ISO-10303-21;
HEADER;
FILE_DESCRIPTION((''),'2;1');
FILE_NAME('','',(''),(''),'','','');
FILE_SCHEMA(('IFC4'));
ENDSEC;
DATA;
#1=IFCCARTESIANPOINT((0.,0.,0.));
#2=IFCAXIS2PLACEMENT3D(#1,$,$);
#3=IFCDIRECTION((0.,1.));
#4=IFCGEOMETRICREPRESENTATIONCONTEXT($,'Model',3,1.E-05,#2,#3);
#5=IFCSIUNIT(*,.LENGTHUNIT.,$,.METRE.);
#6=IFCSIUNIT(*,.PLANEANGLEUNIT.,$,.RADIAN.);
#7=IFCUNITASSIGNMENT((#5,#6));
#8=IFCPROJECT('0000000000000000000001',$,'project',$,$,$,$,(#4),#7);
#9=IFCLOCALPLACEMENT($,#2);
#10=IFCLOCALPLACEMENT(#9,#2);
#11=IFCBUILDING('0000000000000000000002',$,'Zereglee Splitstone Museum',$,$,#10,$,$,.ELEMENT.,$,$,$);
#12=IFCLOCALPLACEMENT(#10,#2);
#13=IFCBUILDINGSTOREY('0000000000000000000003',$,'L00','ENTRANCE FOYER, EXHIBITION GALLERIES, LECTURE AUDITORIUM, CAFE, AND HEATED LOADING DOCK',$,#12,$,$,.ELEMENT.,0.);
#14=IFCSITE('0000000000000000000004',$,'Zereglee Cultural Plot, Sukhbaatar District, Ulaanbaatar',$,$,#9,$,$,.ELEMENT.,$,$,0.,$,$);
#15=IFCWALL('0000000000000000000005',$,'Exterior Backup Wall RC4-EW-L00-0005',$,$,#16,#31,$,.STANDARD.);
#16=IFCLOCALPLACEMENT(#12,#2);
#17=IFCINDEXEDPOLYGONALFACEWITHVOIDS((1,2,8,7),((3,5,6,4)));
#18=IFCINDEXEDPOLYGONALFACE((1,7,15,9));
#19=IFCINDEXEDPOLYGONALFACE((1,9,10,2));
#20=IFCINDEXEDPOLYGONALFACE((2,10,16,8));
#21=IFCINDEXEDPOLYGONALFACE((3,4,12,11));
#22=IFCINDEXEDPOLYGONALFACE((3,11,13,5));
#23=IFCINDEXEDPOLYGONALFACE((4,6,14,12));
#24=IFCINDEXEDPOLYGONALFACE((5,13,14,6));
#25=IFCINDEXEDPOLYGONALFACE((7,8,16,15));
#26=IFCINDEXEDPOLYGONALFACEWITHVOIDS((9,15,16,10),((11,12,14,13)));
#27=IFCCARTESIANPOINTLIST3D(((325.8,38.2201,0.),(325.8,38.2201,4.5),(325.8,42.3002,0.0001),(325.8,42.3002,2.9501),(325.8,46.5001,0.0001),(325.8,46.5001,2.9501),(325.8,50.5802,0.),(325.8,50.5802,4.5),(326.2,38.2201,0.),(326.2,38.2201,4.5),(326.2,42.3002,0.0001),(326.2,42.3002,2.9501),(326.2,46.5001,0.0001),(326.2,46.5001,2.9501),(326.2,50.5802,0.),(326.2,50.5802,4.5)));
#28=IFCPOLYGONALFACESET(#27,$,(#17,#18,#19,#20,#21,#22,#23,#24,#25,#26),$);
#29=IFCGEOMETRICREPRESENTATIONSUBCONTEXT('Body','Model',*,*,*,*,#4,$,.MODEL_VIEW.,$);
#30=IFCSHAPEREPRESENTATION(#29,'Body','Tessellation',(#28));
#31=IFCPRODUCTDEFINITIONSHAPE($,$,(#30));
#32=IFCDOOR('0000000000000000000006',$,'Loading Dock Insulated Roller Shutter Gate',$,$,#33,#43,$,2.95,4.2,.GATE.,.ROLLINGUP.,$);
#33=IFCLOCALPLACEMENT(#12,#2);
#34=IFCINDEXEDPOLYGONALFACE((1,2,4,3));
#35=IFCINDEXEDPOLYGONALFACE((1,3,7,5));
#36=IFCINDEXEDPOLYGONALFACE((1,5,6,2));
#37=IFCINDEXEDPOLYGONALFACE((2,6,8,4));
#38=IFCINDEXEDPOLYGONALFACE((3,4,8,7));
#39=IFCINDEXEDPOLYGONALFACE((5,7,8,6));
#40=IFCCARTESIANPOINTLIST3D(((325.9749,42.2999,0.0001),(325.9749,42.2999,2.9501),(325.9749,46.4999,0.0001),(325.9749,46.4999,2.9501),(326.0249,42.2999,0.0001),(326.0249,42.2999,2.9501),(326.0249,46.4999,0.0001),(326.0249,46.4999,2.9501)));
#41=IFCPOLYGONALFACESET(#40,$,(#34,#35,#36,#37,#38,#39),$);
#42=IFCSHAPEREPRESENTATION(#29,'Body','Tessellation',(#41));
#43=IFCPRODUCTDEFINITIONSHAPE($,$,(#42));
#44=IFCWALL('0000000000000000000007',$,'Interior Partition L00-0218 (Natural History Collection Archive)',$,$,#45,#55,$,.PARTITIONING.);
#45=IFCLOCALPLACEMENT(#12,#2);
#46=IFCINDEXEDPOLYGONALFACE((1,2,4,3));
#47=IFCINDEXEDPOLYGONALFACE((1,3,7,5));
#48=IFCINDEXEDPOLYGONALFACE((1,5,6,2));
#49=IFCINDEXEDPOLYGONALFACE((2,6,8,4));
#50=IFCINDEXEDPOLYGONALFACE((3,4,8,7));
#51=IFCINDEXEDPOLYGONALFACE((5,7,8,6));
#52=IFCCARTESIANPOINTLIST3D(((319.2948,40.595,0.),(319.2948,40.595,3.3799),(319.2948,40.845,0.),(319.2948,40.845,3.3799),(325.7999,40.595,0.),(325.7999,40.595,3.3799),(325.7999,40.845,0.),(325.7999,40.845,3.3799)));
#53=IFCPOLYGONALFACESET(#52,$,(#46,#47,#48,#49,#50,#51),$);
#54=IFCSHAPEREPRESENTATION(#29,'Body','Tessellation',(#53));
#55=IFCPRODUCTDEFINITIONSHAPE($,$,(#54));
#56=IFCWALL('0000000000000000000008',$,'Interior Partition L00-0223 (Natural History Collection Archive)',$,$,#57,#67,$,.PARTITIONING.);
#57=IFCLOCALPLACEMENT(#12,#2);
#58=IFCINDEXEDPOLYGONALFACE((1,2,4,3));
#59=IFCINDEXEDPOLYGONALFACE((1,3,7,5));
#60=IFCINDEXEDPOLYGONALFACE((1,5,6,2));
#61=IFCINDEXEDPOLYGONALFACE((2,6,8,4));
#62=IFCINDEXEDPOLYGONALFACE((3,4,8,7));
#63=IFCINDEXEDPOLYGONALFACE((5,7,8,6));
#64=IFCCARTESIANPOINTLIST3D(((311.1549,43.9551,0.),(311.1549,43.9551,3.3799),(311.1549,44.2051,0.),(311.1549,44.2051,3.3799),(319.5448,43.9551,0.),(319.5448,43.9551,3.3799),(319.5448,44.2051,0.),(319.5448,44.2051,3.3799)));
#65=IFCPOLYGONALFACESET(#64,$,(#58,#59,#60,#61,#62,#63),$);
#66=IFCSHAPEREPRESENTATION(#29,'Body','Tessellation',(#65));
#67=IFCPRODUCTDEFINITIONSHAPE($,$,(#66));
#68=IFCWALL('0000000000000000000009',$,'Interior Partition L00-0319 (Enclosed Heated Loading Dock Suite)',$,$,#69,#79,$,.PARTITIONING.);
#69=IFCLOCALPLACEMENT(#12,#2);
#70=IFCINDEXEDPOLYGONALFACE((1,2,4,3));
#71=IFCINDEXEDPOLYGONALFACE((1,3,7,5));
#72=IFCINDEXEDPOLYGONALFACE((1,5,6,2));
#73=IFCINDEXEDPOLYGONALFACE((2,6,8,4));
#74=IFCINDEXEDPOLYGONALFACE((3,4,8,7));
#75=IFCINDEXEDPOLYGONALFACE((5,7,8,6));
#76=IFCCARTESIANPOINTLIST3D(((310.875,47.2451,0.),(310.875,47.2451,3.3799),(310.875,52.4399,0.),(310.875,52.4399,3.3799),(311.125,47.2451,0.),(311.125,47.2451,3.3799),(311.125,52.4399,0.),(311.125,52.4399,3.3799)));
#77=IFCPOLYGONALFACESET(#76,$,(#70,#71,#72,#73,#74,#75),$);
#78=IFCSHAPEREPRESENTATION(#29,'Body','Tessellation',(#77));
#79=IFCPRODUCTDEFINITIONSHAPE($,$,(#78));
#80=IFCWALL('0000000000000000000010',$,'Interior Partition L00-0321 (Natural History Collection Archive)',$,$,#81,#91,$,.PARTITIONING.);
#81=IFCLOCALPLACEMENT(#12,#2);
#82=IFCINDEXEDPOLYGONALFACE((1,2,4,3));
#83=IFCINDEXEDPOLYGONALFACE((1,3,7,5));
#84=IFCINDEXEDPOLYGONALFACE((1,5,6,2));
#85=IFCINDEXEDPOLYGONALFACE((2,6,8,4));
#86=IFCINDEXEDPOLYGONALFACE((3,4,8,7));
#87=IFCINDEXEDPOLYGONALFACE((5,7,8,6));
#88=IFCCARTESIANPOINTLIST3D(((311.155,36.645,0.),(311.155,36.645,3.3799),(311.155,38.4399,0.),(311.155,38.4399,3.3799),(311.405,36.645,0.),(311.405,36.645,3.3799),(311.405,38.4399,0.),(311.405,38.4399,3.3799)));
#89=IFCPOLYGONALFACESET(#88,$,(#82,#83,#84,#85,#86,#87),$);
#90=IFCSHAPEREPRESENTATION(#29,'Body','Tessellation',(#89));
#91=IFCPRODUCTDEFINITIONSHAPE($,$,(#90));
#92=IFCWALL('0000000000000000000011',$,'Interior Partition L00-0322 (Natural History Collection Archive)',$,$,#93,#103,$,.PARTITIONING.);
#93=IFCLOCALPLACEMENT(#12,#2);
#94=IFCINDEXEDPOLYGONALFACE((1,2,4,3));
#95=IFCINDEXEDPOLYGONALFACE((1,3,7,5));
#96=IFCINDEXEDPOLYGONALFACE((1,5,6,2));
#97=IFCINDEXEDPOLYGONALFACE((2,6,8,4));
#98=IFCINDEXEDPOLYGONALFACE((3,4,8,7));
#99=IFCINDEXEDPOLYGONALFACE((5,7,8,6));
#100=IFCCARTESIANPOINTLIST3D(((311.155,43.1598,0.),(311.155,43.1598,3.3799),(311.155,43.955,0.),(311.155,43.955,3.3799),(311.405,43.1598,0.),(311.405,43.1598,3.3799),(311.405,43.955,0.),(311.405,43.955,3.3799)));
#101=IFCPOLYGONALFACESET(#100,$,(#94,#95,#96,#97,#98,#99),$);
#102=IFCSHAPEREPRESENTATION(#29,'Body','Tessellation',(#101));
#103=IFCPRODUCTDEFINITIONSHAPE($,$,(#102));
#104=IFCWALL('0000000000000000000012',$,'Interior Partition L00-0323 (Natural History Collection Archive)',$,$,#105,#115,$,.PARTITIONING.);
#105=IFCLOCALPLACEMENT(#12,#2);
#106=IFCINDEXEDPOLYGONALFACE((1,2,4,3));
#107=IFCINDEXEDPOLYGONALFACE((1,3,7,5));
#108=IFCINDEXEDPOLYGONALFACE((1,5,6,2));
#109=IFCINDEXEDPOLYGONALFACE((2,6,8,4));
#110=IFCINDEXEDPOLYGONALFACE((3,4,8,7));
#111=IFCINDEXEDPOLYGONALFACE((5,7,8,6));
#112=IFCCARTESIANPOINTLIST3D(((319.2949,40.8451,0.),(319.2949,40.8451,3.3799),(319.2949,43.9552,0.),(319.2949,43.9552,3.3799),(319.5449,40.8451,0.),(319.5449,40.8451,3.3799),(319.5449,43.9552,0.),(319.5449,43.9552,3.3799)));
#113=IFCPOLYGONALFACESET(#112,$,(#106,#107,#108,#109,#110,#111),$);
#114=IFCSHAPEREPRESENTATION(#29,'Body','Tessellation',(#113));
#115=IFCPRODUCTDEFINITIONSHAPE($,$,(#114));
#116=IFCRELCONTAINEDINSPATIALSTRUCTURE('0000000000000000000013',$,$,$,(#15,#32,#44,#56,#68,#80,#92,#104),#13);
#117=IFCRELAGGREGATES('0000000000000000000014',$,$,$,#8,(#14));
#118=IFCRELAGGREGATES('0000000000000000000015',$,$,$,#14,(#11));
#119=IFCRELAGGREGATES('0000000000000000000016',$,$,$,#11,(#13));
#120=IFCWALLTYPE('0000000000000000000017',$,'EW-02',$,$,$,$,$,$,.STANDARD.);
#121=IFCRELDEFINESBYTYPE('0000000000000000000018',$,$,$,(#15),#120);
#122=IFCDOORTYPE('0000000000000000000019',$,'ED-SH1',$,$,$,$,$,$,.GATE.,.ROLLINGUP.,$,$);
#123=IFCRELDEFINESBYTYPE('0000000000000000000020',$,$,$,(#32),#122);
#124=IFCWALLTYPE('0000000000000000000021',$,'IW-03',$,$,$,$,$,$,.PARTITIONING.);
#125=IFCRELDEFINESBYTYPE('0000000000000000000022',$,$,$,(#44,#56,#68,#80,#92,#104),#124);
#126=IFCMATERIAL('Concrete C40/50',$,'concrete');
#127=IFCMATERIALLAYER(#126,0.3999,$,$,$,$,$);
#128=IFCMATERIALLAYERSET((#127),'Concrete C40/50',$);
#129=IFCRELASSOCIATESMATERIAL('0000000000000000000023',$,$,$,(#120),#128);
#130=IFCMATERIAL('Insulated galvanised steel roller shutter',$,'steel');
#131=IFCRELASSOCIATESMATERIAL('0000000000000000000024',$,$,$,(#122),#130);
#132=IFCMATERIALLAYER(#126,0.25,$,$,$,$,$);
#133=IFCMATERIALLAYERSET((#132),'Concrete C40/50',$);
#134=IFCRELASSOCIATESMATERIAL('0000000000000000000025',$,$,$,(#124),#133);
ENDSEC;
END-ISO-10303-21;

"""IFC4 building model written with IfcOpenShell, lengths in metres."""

from ifc_helpers import new_model, si_unit, direction, frame, frame_2d, origin, place, context, subcontext, project, spatial, rectangle, extrude, material, layer, layer_set, type_object, element, fill, save


model = new_model("IFC4")

# Units and contexts
model_context = context("Model", 3, precision=1e-05, world=origin(), true_north=direction((0.0, 1.0)))
body_context = subcontext(model_context, "Body", "Model", "MODEL_VIEW")
ifc_project = project(units=[si_unit("LENGTHUNIT", "METRE"), si_unit("PLANEANGLEUNIT", "RADIAN")], contexts=[model_context])

# Site, building, storey
site_placement = place(None, origin())
site = spatial("IfcSite", under=ifc_project, at=site_placement, Name="Zereglee Cultural Plot, Sukhbaatar District, Ulaanbaatar", CompositionType="ELEMENT", RefElevation=0.0)
building_placement = place(site_placement, origin())
building = spatial("IfcBuilding", under=site, at=building_placement, Name="Zereglee Splitstone Museum", CompositionType="ELEMENT")
storey_placement = place(building_placement, origin())
storey = spatial("IfcBuildingStorey", under=building, at=storey_placement, Name="L00", Description="ENTRANCE FOYER, EXHIBITION GALLERIES, LECTURE AUDITORIUM, CAFE, AND HEATED LOADING DOCK", CompositionType="ELEMENT", Elevation=0.0)

# Shared definitions
ifc_material_1 = material(Name="Concrete C40/50", Category="concrete")

# Wall, opening, door
ifc_layer_1 = layer(ifc_material_1, 0.3999)
ifc_layer_set_1 = layer_set([ifc_layer_1], Name="Concrete C40/50")
wall_type_1 = type_object("IfcWallType", Name="EW-02", PredefinedType="STANDARD", material=ifc_layer_set_1)
wall_1_placement = place(storey_placement, frame((326.0, 38.22, 0.0), z_axis=(0.0, 0.0, 1.0), x_axis=(0.0, 1.0, 0.0)))
wall_1 = element("IfcWall", 1, at=wall_1_placement, inside=storey, type_object=wall_type_1, Name="Exterior Backup Wall RC4-EW-L00-0005", PredefinedType="STANDARD", context=body_context, shape_type="SweptSolid", body=[
    extrude(rectangle(XDim=12.3601, YDim=0.3999, at=frame_2d((6.1802, 0.0))), origin(), (0.0, 0.0, 1.0), 4.5),
])
opening_placement = place(wall_1_placement, frame((4.0801, 0.0, 0.0)))
opening = element("IfcOpeningElement", 2, at=opening_placement, cuts=wall_1, PredefinedType="OPENING", context=body_context, shape_type="SweptSolid", body=[
    extrude(rectangle(XDim=4.2, YDim=2.95, at=frame_2d((2.1001, 1.4751))), frame((0.0, 0.2148, 0.0), z_axis=(0.0, -1.0, 0.0), x_axis=(1.0, 0.0, 0.0)), (0.0, 0.0, 1.0), 0.4297),
])
ifc_material_2 = material(Name="Insulated galvanised steel roller shutter", Category="steel")
door_type = type_object("IfcDoorType", Name="ED-SH1", OperationType="ROLLINGUP", PredefinedType="GATE", material=ifc_material_2)
door_placement = place(opening_placement, frame((4.2, 0.0, 0.0), z_axis=(0.0, 0.0, 1.0), x_axis=(-1.0, 0.0, 0.0)))
door = element("IfcDoor", 3, at=door_placement, inside=storey, type_object=door_type, Name="Loading Dock Insulated Roller Shutter Gate", OperationType="ROLLINGUP", OverallHeight=2.95, OverallWidth=4.2, PredefinedType="GATE", context=body_context, shape_type="SweptSolid", body=[
    extrude(rectangle(XDim=4.2, YDim=2.95, at=frame_2d((2.1001, 1.4751))), frame((0.0, 0.0249, 0.0), z_axis=(0.0, -1.0, 0.0), x_axis=(1.0, 0.0, 0.0)), (0.0, 0.0, 1.0), 0.05),
])
fill(opening, door)

# Walls
ifc_layer_2 = layer(ifc_material_1, 0.25)
ifc_layer_set_2 = layer_set([ifc_layer_2], Name="Concrete C40/50")
wall_type_2 = type_object("IfcWallType", Name="IW-03", PredefinedType="PARTITIONING", material=ifc_layer_set_2)
wall_2_placement = place(storey_placement, frame((319.2949, 40.72, 0.0), z_axis=(0.0, 0.0, 1.0), x_axis=(1.0, 0.0, 0.0)))
element("IfcWall", 4, at=wall_2_placement, inside=storey, type_object=wall_type_2, Name="Interior Partition L00-0218 (Natural History Collection Archive)", PredefinedType="PARTITIONING", context=body_context, shape_type="SweptSolid", body=[
    extrude(rectangle(XDim=6.5051, YDim=0.25, at=frame_2d((3.2524, 0.0))), origin(), (0.0, 0.0, 1.0), 3.3799),
])
wall_3_placement = place(storey_placement, frame((311.155, 44.0801, 0.0), z_axis=(0.0, 0.0, 1.0), x_axis=(1.0, 0.0, 0.0)))
element("IfcWall", 5, at=wall_3_placement, inside=storey, type_object=wall_type_2, Name="Interior Partition L00-0223 (Natural History Collection Archive)", PredefinedType="PARTITIONING", context=body_context, shape_type="SweptSolid", body=[
    extrude(rectangle(XDim=8.3899, YDim=0.25, at=frame_2d((4.1948, 0.0))), origin(), (0.0, 0.0, 1.0), 3.3799),
])
wall_4_placement = place(storey_placement, frame((311.0, 47.2451, 0.0), z_axis=(0.0, 0.0, 1.0), x_axis=(0.0, 1.0, 0.0)))
element("IfcWall", 6, at=wall_4_placement, inside=storey, type_object=wall_type_2, Name="Interior Partition L00-0319 (Enclosed Heated Loading Dock Suite)", PredefinedType="PARTITIONING", context=body_context, shape_type="SweptSolid", body=[
    extrude(rectangle(XDim=5.1948, YDim=0.25, at=frame_2d((2.5974, 0.0))), origin(), (0.0, 0.0, 1.0), 3.3799),
])
wall_5_placement = place(storey_placement, frame((311.28, 36.645, 0.0), z_axis=(0.0, 0.0, 1.0), x_axis=(0.0, 1.0, 0.0)))
element("IfcWall", 7, at=wall_5_placement, inside=storey, type_object=wall_type_2, Name="Interior Partition L00-0321 (Natural History Collection Archive)", PredefinedType="PARTITIONING", context=body_context, shape_type="SweptSolid", body=[
    extrude(rectangle(XDim=1.7949, YDim=0.25, at=frame_2d((0.8975, 0.0))), origin(), (0.0, 0.0, 1.0), 3.3799),
])
wall_6_placement = place(storey_placement, frame((311.28, 43.1599, 0.0), z_axis=(0.0, 0.0, 1.0), x_axis=(0.0, 1.0, 0.0)))
element("IfcWall", 8, at=wall_6_placement, inside=storey, type_object=wall_type_2, Name="Interior Partition L00-0322 (Natural History Collection Archive)", PredefinedType="PARTITIONING", context=body_context, shape_type="SweptSolid", body=[
    extrude(rectangle(XDim=0.7952, YDim=0.25, at=frame_2d((0.3975, 0.0))), origin(), (0.0, 0.0, 1.0), 3.3799),
])
wall_7_placement = place(storey_placement, frame((319.4199, 40.845, 0.0), z_axis=(0.0, 0.0, 1.0), x_axis=(0.0, 1.0, 0.0)))
element("IfcWall", 9, at=wall_7_placement, inside=storey, type_object=wall_type_2, Name="Interior Partition L00-0323 (Natural History Collection Archive)", PredefinedType="PARTITIONING", context=body_context, shape_type="SweptSolid", body=[
    extrude(rectangle(XDim=3.1101, YDim=0.25, at=frame_2d((1.5552, 0.0))), origin(), (0.0, 0.0, 1.0), 3.3799),
])

save(model, "model.ifc")
